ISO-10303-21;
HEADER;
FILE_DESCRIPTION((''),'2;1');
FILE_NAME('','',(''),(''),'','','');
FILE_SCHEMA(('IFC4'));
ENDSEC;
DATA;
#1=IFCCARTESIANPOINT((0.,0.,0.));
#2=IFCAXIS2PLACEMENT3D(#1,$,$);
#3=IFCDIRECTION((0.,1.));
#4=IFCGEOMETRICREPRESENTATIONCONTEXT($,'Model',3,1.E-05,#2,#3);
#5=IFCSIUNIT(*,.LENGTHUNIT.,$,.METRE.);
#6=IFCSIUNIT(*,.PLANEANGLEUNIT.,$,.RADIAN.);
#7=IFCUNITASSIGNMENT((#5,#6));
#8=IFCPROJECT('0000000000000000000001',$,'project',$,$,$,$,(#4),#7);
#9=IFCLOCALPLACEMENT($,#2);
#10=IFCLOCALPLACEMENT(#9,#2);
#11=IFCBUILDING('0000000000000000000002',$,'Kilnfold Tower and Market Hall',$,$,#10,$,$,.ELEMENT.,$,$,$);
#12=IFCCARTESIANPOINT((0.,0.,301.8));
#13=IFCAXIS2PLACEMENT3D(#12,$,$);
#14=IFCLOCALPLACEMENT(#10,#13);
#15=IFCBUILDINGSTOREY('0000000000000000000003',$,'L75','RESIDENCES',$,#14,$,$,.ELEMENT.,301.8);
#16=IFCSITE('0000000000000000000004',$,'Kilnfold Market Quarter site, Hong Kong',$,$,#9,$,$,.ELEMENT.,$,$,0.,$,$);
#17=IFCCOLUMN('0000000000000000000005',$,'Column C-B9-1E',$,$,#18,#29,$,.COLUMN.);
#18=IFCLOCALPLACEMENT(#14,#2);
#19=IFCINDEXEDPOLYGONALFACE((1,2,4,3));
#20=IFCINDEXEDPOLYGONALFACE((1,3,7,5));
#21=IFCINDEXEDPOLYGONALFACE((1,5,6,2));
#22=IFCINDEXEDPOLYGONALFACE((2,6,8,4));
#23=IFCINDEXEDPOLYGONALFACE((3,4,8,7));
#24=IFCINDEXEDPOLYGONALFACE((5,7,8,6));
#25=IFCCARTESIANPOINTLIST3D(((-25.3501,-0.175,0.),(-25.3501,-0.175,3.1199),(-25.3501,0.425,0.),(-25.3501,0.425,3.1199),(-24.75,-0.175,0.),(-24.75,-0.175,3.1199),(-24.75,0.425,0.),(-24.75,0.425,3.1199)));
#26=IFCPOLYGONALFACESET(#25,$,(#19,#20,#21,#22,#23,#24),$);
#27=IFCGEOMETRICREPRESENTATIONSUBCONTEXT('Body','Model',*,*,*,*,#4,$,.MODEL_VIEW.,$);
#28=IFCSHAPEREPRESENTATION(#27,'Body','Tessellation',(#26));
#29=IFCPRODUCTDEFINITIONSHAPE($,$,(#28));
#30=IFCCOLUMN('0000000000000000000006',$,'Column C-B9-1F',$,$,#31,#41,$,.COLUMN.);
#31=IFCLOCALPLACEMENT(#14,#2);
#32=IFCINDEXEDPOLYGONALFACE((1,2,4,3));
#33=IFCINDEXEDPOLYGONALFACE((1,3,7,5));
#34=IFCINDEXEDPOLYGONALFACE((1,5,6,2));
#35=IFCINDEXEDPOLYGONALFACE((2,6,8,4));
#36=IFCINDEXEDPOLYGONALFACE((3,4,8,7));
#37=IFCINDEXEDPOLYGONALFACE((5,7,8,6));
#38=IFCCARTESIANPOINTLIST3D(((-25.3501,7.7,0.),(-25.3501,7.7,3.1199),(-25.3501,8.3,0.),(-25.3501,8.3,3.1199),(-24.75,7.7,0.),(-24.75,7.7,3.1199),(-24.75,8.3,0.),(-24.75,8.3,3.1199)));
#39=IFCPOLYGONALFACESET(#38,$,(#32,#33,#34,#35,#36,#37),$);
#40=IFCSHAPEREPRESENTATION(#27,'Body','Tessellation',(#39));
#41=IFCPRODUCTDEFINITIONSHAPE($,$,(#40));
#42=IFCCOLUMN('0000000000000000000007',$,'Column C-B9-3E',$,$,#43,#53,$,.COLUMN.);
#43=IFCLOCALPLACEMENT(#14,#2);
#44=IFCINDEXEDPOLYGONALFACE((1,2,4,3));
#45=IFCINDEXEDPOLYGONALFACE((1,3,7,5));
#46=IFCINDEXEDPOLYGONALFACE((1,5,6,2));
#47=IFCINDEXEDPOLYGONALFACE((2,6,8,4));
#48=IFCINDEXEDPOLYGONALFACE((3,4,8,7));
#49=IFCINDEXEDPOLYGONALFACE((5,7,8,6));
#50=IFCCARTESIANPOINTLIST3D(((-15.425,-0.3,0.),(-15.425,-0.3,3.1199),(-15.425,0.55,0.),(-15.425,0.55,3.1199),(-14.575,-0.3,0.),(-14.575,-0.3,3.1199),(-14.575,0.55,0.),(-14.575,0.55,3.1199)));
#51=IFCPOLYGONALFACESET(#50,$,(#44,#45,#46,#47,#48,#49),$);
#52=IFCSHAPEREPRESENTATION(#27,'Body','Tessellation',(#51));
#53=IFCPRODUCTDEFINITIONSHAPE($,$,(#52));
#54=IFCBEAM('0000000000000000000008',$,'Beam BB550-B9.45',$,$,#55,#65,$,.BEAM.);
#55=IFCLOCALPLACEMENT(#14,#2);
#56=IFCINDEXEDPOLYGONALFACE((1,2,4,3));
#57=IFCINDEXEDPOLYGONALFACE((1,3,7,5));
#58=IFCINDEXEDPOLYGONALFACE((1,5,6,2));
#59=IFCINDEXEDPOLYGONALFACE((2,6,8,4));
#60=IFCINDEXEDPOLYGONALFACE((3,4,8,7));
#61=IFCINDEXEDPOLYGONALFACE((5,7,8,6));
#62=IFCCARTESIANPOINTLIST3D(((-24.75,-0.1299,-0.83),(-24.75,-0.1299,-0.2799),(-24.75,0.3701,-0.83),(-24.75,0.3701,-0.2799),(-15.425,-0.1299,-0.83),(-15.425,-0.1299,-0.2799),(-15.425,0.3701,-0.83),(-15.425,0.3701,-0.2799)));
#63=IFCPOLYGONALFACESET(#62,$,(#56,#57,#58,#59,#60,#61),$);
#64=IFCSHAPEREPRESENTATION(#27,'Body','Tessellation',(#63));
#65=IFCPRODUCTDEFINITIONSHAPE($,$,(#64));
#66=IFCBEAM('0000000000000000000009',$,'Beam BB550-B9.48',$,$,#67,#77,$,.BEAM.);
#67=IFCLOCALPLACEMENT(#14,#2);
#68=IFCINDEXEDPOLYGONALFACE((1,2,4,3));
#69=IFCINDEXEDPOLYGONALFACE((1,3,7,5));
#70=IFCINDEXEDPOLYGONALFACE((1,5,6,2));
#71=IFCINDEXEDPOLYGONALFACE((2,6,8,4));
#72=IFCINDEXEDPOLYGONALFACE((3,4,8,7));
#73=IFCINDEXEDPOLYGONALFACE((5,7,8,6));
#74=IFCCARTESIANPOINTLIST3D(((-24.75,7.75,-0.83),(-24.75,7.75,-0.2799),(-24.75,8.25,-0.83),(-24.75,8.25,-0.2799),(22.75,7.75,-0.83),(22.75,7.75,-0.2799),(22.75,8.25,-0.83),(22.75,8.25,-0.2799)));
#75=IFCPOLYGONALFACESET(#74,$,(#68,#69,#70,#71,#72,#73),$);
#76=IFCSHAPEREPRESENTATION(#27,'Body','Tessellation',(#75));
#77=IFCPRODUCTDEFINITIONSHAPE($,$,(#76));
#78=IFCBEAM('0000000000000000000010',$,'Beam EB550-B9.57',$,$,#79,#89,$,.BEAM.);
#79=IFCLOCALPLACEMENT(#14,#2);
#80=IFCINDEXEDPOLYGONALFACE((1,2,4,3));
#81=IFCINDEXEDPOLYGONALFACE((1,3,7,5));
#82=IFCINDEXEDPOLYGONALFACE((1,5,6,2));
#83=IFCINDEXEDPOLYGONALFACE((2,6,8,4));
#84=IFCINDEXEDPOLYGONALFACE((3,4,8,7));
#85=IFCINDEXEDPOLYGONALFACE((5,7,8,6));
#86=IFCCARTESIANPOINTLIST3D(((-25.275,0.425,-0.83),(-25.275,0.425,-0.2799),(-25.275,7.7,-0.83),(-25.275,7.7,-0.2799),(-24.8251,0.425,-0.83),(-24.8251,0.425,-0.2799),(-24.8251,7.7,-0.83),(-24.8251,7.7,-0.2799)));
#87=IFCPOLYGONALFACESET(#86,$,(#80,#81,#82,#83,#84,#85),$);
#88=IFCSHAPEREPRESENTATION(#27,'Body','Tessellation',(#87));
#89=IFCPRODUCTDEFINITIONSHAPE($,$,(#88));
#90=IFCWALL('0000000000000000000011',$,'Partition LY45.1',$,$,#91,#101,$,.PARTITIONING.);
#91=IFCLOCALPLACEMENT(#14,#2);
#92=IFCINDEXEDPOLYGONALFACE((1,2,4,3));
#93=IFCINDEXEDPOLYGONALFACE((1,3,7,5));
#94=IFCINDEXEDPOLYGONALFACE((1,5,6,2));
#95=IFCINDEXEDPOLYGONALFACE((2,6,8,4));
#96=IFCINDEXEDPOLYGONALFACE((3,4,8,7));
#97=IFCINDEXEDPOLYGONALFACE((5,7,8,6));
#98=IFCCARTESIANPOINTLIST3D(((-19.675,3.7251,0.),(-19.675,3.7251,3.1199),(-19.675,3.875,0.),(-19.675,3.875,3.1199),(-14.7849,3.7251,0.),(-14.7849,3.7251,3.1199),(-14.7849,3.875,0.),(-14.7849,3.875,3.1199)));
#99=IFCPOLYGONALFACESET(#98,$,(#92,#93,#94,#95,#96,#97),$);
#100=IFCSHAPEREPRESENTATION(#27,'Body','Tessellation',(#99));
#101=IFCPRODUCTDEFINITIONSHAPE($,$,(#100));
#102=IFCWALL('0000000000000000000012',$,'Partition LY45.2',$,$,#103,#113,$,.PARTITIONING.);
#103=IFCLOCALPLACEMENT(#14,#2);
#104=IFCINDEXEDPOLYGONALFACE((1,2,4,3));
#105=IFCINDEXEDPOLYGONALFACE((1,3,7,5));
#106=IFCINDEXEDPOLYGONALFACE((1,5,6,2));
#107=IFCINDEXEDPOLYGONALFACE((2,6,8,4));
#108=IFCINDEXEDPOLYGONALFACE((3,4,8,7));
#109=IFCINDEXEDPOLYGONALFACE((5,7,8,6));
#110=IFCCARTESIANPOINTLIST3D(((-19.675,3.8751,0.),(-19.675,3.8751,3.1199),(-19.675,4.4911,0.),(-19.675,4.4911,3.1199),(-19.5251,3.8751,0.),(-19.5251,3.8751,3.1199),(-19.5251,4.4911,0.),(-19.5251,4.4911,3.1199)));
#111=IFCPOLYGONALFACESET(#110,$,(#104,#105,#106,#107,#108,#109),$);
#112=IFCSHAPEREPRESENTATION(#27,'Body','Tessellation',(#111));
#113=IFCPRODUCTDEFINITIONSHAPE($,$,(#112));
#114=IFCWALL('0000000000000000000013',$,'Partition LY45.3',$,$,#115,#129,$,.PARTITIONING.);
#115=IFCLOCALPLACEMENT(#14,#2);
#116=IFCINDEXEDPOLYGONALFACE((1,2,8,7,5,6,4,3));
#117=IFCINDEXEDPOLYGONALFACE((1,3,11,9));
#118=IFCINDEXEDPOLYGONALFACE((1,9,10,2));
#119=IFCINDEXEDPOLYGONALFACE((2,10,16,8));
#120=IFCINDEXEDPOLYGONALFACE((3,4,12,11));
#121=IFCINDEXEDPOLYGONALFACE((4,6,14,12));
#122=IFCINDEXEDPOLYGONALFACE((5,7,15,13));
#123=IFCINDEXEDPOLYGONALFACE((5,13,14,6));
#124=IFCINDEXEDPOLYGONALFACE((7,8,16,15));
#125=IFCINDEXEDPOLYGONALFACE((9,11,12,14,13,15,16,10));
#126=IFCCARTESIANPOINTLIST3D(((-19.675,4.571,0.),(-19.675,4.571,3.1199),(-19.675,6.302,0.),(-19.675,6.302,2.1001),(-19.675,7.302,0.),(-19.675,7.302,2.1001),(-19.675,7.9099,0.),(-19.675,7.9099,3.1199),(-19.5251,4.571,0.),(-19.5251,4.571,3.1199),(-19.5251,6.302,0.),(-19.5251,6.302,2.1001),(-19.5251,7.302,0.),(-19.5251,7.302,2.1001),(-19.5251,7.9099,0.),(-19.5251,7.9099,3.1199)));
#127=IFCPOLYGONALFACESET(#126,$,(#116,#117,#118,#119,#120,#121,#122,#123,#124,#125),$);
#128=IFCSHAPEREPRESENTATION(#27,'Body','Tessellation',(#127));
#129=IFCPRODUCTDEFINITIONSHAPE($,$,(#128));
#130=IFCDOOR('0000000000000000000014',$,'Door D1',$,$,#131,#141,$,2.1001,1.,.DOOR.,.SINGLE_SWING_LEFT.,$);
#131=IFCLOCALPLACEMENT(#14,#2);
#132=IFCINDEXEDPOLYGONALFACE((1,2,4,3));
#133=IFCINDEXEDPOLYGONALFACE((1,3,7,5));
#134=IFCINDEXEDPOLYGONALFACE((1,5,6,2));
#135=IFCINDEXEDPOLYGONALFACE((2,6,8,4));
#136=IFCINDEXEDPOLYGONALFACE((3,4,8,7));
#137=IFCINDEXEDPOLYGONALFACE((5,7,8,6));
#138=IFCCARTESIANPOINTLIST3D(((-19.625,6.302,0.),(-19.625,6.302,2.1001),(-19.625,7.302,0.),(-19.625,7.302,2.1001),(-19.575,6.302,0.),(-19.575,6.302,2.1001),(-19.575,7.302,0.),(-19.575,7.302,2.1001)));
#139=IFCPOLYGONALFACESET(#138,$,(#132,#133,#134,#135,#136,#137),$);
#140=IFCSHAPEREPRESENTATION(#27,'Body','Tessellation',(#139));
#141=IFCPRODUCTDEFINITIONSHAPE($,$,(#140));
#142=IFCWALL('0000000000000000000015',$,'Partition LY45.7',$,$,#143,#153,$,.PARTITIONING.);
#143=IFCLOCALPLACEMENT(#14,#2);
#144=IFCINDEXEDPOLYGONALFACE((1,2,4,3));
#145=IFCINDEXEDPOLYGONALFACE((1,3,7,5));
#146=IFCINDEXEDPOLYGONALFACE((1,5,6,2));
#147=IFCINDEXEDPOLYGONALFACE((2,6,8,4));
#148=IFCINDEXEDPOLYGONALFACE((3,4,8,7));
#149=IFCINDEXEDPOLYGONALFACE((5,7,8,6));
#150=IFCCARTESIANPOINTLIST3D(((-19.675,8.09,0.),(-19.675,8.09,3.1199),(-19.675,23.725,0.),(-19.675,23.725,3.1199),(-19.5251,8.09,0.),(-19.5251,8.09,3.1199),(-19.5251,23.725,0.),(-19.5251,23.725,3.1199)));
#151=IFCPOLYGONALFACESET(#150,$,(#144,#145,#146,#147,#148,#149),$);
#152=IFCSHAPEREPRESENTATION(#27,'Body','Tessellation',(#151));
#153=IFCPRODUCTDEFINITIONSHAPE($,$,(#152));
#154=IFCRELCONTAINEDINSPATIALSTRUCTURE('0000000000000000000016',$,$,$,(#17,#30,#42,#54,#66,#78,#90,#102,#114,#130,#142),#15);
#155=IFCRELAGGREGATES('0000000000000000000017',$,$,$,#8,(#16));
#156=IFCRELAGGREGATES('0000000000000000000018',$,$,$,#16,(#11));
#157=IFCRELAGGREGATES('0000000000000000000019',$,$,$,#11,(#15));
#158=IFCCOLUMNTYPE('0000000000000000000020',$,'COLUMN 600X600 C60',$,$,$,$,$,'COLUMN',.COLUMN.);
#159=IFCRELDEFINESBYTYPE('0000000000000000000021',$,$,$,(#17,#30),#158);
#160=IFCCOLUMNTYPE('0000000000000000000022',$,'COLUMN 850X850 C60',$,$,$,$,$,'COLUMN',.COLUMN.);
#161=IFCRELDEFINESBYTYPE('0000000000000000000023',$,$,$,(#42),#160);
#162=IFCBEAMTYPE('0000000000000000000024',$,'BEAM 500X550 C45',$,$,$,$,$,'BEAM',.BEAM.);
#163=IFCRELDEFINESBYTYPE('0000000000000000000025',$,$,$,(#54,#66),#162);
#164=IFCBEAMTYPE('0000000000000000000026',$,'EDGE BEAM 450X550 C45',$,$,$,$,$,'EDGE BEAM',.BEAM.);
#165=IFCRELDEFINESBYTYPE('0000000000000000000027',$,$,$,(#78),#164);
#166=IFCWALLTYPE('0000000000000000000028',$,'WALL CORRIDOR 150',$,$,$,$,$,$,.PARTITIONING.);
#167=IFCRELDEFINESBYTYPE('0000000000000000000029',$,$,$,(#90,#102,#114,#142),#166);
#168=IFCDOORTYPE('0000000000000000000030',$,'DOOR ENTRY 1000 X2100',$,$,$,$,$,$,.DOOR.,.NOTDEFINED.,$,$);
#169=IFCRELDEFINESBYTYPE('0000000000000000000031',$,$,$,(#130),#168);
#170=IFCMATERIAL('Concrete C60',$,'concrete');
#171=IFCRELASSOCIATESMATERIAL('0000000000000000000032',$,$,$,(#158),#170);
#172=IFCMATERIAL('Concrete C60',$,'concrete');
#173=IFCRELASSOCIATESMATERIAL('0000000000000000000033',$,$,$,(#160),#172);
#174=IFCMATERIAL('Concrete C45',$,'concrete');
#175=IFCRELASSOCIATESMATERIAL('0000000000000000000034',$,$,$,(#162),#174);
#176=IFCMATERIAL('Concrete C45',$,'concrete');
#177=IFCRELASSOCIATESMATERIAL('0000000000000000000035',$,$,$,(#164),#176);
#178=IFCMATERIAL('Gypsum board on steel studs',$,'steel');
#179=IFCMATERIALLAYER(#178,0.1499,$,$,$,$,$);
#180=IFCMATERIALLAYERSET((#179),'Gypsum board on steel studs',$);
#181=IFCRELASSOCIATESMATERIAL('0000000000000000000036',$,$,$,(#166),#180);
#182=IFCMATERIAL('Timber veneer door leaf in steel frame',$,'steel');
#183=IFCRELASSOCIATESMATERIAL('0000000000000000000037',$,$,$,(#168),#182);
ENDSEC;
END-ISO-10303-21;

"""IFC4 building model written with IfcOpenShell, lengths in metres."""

from ifc_helpers import new_model, si_unit, direction, frame, frame_2d, origin, origin_2d, place, context, subcontext, project, spatial, rectangle, extrude, source, transform, mapped, material, layer, layer_set, material_profile, profile_set, type_object, element, fill, save


model = new_model("IFC4")

# Units and contexts
model_context = context("Model", 3, precision=1e-05, world=origin(), true_north=direction((0.0, 1.0)))
body_context = subcontext(model_context, "Body", "Model", "MODEL_VIEW")
ifc_project = project(units=[si_unit("LENGTHUNIT", "METRE"), si_unit("PLANEANGLEUNIT", "RADIAN")], contexts=[model_context])

# Site, building, storey
site_placement = place(None, origin())
site = spatial("IfcSite", under=ifc_project, at=site_placement, Name="Kilnfold Market Quarter site, Hong Kong", CompositionType="ELEMENT", RefElevation=0.0)
building_placement = place(site_placement, origin())
building = spatial("IfcBuilding", under=site, at=building_placement, Name="Kilnfold Tower and Market Hall", CompositionType="ELEMENT")
storey_placement = place(building_placement, frame((0.0, 0.0, 301.8)))
storey = spatial("IfcBuildingStorey", under=building, at=storey_placement, Name="L75", Description="RESIDENCES", CompositionType="ELEMENT", Elevation=301.8)

# Columns
ifc_material_1 = material(Name="Concrete C60", Category="concrete")
ifc_material_profile_1 = material_profile(ifc_material_1, rectangle(XDim=0.6001, YDim=0.6001, at=origin_2d()), Name="RC 600x600")
ifc_profile_set_1 = profile_set([ifc_material_profile_1], Name="Concrete C60")
column_type_1 = type_object("IfcColumnType", Name="COLUMN 600X600 C60", ElementType="COLUMN", PredefinedType="COLUMN", material=ifc_profile_set_1)
shared_shape_1 = source(origin(), body_context, "Body", "SweptSolid", [
    extrude(rectangle(XDim=0.6001, YDim=0.6001, at=origin_2d()), origin(), (0.0, 0.0, 1.0), 3.1199),
])
for number, where, z_axis, x_axis, name in (
    (1, (-25.05, 0.125, 0.0), (0.0, 0.0, 1.0), (1.0, 0.0, 0.0), "Column C-B9-1E"),
    (2, (-25.05, 8.0, 0.0), (0.0, 0.0, 1.0), (1.0, 0.0, 0.0), "Column C-B9-1F"),
):
    element("IfcColumn", number, at=place(storey_placement, frame(where, z_axis=z_axis, x_axis=x_axis)), inside=storey, type_object=column_type_1, Name=name, PredefinedType="COLUMN", context=body_context, shape_type="MappedRepresentation", body=[
        mapped(shared_shape_1, transform((0.0, 0.0, 0.0))),
    ])
ifc_material_2 = material(Name="Concrete C60", Category="concrete")
ifc_material_profile_2 = material_profile(ifc_material_2, rectangle(XDim=0.8501, YDim=0.8501, at=origin_2d()), Name="RC 850x850")
ifc_profile_set_2 = profile_set([ifc_material_profile_2], Name="Concrete C60")
column_type_2 = type_object("IfcColumnType", Name="COLUMN 850X850 C60", ElementType="COLUMN", PredefinedType="COLUMN", material=ifc_profile_set_2)
shared_shape_2 = source(origin(), body_context, "Body", "SweptSolid", [
    extrude(rectangle(XDim=0.8501, YDim=0.8501, at=origin_2d()), origin(), (0.0, 0.0, 1.0), 3.1199),
])
column_placement = place(storey_placement, frame((-15.0, 0.125, 0.0), z_axis=(0.0, 0.0, 1.0), x_axis=(1.0, 0.0, 0.0)))
element("IfcColumn", 3, at=column_placement, inside=storey, type_object=column_type_2, Name="Column C-B9-3E", PredefinedType="COLUMN", context=body_context, shape_type="MappedRepresentation", body=[
    mapped(shared_shape_2, transform((0.0, 0.0, 0.0))),
])

# Beams
ifc_material_3 = material(Name="Concrete C45", Category="concrete")
ifc_material_profile_3 = material_profile(ifc_material_3, rectangle(XDim=0.5, YDim=0.55, at=origin_2d()), Name="RC 500x550")
ifc_profile_set_3 = profile_set([ifc_material_profile_3], Name="Concrete C45")
beam_type_1 = type_object("IfcBeamType", Name="BEAM 500X550 C45", ElementType="BEAM", PredefinedType="BEAM", material=ifc_profile_set_3)
shared_shape_3 = source(origin(), body_context, "Body", "SweptSolid", [
    extrude(rectangle(XDim=0.5, YDim=0.55, at=origin_2d()), origin(), (0.0, 0.0, 1.0), 9.325),
])
beam_1_placement = place(storey_placement, frame((-24.75, 0.1201, -0.5549), z_axis=(1.0, 0.0, 0.0), x_axis=(0.0, 1.0, 0.0)))
element("IfcBeam", 4, at=beam_1_placement, inside=storey, type_object=beam_type_1, Name="Beam BB550-B9.45", PredefinedType="BEAM", context=body_context, shape_type="MappedRepresentation", body=[
    mapped(shared_shape_3, transform((0.0, 0.0, 0.0))),
])
shared_shape_4 = source(origin(), body_context, "Body", "SweptSolid", [
    extrude(rectangle(XDim=0.5, YDim=0.55, at=origin_2d()), origin(), (0.0, 0.0, 1.0), 47.5),
])
beam_2_placement = place(storey_placement, frame((-24.75, 8.0, -0.5549), z_axis=(1.0, 0.0, 0.0), x_axis=(0.0, 1.0, 0.0)))
element("IfcBeam", 5, at=beam_2_placement, inside=storey, type_object=beam_type_1, Name="Beam BB550-B9.48", PredefinedType="BEAM", context=body_context, shape_type="MappedRepresentation", body=[
    mapped(shared_shape_4, transform((0.0, 0.0, 0.0))),
])
ifc_material_4 = material(Name="Concrete C45", Category="concrete")
ifc_material_profile_4 = material_profile(ifc_material_4, rectangle(XDim=0.45, YDim=0.55, at=origin_2d()), Name="RC 450x550")
ifc_profile_set_4 = profile_set([ifc_material_profile_4], Name="Concrete C45")
beam_type_2 = type_object("IfcBeamType", Name="EDGE BEAM 450X550 C45", ElementType="EDGE BEAM", PredefinedType="BEAM", material=ifc_profile_set_4)
shared_shape_5 = source(origin(), body_context, "Body", "SweptSolid", [
    extrude(rectangle(XDim=0.45, YDim=0.55, at=origin_2d()), origin(), (0.0, 0.0, 1.0), 7.2749),
])
beam_3_placement = place(storey_placement, frame((-25.05, 0.425, -0.5549), z_axis=(0.0, 1.0, 0.0), x_axis=(-1.0, 0.0, 0.0)))
element("IfcBeam", 6, at=beam_3_placement, inside=storey, type_object=beam_type_2, Name="Beam EB550-B9.57", PredefinedType="BEAM", context=body_context, shape_type="MappedRepresentation", body=[
    mapped(shared_shape_5, transform((0.0, 0.0, 0.0))),
])

# Walls
ifc_material_5 = material(Name="Gypsum board on steel studs", Category="steel")
ifc_layer_1 = layer(ifc_material_5, 0.1499)
ifc_layer_set_1 = layer_set([ifc_layer_1], Name="Gypsum board on steel studs")
wall_type_1 = type_object("IfcWallType", Name="WALL CORRIDOR 150", PredefinedType="PARTITIONING", material=ifc_layer_set_1)
wall_1_placement = place(storey_placement, frame((-19.675, 3.8, 0.0), z_axis=(0.0, 0.0, 1.0), x_axis=(1.0, 0.0, 0.0)))
element("IfcWall", 7, at=wall_1_placement, inside=storey, type_object=wall_type_1, Name="Partition LY45.1", PredefinedType="PARTITIONING", context=body_context, shape_type="SweptSolid", body=[
    extrude(rectangle(XDim=4.8901, YDim=0.1499, at=frame_2d((2.4451, 0.0))), origin(), (0.0, 0.0, 1.0), 3.1199),
])
wall_2_placement = place(storey_placement, frame((-19.6001, 3.875, 0.0), z_axis=(0.0, 0.0, 1.0), x_axis=(0.0, 1.0, 0.0)))
element("IfcWall", 8, at=wall_2_placement, inside=storey, type_object=wall_type_1, Name="Partition LY45.2", PredefinedType="PARTITIONING", context=body_context, shape_type="SweptSolid", body=[
    extrude(rectangle(XDim=0.616, YDim=0.1499, at=frame_2d((0.3081, 0.0))), origin(), (0.0, 0.0, 1.0), 3.1199),
])

# Wall, opening, door
wall_3_placement = place(storey_placement, frame((-19.6001, 4.571, 0.0), z_axis=(0.0, 0.0, 1.0), x_axis=(0.0, 1.0, 0.0)))
wall_3 = element("IfcWall", 9, at=wall_3_placement, inside=storey, type_object=wall_type_1, Name="Partition LY45.3", PredefinedType="PARTITIONING", context=body_context, shape_type="SweptSolid", body=[
    extrude(rectangle(XDim=3.3389, YDim=0.1499, at=frame_2d((1.6694, 0.0))), origin(), (0.0, 0.0, 1.0), 3.1199),
])
opening_1_placement = place(wall_3_placement, frame((1.731, 0.0, 0.0)))
opening_1 = element("IfcOpeningElement", 10, at=opening_1_placement, cuts=wall_3, PredefinedType="OPENING", context=body_context, shape_type="SweptSolid", body=[
    extrude(rectangle(XDim=1.0, YDim=2.1001, at=frame_2d((0.5, 1.05))), frame((0.0, 0.085, 0.0), z_axis=(0.0, -1.0, 0.0), x_axis=(1.0, 0.0, 0.0)), (0.0, 0.0, 1.0), 0.1699),
])
ifc_material_6 = material(Name="Timber veneer door leaf in steel frame", Category="steel")
door_type_1 = type_object("IfcDoorType", Name="DOOR ENTRY 1000 X2100", OperationType="NOTDEFINED", PredefinedType="DOOR", material=ifc_material_6)
door_1_placement = place(opening_1_placement, origin())
door_1 = element("IfcDoor", 11, at=door_1_placement, inside=storey, type_object=door_type_1, Name="Door D1", OperationType="SINGLE_SWING_LEFT", OverallHeight=2.1001, OverallWidth=1.0, PredefinedType="DOOR", context=body_context, shape_type="SweptSolid", body=[
    extrude(rectangle(XDim=1.0, YDim=2.1001, at=frame_2d((0.5, 1.05))), frame((0.0, 0.0249, 0.0), z_axis=(0.0, -1.0, 0.0), x_axis=(1.0, 0.0, 0.0)), (0.0, 0.0, 1.0), 0.05),
])
fill(opening_1, door_1)

# Wall
wall_4_placement = place(storey_placement, frame((-19.6001, 8.0901, 0.0), z_axis=(0.0, 0.0, 1.0), x_axis=(0.0, 1.0, 0.0)))
element("IfcWall", 12, at=wall_4_placement, inside=storey, type_object=wall_type_1, Name="Partition LY45.7", PredefinedType="PARTITIONING", context=body_context, shape_type="SweptSolid", body=[
    extrude(rectangle(XDim=15.635, YDim=0.1499, at=frame_2d((7.8174, 0.0))), origin(), (0.0, 0.0, 1.0), 3.1199),
])

save(model, "model.ifc")
